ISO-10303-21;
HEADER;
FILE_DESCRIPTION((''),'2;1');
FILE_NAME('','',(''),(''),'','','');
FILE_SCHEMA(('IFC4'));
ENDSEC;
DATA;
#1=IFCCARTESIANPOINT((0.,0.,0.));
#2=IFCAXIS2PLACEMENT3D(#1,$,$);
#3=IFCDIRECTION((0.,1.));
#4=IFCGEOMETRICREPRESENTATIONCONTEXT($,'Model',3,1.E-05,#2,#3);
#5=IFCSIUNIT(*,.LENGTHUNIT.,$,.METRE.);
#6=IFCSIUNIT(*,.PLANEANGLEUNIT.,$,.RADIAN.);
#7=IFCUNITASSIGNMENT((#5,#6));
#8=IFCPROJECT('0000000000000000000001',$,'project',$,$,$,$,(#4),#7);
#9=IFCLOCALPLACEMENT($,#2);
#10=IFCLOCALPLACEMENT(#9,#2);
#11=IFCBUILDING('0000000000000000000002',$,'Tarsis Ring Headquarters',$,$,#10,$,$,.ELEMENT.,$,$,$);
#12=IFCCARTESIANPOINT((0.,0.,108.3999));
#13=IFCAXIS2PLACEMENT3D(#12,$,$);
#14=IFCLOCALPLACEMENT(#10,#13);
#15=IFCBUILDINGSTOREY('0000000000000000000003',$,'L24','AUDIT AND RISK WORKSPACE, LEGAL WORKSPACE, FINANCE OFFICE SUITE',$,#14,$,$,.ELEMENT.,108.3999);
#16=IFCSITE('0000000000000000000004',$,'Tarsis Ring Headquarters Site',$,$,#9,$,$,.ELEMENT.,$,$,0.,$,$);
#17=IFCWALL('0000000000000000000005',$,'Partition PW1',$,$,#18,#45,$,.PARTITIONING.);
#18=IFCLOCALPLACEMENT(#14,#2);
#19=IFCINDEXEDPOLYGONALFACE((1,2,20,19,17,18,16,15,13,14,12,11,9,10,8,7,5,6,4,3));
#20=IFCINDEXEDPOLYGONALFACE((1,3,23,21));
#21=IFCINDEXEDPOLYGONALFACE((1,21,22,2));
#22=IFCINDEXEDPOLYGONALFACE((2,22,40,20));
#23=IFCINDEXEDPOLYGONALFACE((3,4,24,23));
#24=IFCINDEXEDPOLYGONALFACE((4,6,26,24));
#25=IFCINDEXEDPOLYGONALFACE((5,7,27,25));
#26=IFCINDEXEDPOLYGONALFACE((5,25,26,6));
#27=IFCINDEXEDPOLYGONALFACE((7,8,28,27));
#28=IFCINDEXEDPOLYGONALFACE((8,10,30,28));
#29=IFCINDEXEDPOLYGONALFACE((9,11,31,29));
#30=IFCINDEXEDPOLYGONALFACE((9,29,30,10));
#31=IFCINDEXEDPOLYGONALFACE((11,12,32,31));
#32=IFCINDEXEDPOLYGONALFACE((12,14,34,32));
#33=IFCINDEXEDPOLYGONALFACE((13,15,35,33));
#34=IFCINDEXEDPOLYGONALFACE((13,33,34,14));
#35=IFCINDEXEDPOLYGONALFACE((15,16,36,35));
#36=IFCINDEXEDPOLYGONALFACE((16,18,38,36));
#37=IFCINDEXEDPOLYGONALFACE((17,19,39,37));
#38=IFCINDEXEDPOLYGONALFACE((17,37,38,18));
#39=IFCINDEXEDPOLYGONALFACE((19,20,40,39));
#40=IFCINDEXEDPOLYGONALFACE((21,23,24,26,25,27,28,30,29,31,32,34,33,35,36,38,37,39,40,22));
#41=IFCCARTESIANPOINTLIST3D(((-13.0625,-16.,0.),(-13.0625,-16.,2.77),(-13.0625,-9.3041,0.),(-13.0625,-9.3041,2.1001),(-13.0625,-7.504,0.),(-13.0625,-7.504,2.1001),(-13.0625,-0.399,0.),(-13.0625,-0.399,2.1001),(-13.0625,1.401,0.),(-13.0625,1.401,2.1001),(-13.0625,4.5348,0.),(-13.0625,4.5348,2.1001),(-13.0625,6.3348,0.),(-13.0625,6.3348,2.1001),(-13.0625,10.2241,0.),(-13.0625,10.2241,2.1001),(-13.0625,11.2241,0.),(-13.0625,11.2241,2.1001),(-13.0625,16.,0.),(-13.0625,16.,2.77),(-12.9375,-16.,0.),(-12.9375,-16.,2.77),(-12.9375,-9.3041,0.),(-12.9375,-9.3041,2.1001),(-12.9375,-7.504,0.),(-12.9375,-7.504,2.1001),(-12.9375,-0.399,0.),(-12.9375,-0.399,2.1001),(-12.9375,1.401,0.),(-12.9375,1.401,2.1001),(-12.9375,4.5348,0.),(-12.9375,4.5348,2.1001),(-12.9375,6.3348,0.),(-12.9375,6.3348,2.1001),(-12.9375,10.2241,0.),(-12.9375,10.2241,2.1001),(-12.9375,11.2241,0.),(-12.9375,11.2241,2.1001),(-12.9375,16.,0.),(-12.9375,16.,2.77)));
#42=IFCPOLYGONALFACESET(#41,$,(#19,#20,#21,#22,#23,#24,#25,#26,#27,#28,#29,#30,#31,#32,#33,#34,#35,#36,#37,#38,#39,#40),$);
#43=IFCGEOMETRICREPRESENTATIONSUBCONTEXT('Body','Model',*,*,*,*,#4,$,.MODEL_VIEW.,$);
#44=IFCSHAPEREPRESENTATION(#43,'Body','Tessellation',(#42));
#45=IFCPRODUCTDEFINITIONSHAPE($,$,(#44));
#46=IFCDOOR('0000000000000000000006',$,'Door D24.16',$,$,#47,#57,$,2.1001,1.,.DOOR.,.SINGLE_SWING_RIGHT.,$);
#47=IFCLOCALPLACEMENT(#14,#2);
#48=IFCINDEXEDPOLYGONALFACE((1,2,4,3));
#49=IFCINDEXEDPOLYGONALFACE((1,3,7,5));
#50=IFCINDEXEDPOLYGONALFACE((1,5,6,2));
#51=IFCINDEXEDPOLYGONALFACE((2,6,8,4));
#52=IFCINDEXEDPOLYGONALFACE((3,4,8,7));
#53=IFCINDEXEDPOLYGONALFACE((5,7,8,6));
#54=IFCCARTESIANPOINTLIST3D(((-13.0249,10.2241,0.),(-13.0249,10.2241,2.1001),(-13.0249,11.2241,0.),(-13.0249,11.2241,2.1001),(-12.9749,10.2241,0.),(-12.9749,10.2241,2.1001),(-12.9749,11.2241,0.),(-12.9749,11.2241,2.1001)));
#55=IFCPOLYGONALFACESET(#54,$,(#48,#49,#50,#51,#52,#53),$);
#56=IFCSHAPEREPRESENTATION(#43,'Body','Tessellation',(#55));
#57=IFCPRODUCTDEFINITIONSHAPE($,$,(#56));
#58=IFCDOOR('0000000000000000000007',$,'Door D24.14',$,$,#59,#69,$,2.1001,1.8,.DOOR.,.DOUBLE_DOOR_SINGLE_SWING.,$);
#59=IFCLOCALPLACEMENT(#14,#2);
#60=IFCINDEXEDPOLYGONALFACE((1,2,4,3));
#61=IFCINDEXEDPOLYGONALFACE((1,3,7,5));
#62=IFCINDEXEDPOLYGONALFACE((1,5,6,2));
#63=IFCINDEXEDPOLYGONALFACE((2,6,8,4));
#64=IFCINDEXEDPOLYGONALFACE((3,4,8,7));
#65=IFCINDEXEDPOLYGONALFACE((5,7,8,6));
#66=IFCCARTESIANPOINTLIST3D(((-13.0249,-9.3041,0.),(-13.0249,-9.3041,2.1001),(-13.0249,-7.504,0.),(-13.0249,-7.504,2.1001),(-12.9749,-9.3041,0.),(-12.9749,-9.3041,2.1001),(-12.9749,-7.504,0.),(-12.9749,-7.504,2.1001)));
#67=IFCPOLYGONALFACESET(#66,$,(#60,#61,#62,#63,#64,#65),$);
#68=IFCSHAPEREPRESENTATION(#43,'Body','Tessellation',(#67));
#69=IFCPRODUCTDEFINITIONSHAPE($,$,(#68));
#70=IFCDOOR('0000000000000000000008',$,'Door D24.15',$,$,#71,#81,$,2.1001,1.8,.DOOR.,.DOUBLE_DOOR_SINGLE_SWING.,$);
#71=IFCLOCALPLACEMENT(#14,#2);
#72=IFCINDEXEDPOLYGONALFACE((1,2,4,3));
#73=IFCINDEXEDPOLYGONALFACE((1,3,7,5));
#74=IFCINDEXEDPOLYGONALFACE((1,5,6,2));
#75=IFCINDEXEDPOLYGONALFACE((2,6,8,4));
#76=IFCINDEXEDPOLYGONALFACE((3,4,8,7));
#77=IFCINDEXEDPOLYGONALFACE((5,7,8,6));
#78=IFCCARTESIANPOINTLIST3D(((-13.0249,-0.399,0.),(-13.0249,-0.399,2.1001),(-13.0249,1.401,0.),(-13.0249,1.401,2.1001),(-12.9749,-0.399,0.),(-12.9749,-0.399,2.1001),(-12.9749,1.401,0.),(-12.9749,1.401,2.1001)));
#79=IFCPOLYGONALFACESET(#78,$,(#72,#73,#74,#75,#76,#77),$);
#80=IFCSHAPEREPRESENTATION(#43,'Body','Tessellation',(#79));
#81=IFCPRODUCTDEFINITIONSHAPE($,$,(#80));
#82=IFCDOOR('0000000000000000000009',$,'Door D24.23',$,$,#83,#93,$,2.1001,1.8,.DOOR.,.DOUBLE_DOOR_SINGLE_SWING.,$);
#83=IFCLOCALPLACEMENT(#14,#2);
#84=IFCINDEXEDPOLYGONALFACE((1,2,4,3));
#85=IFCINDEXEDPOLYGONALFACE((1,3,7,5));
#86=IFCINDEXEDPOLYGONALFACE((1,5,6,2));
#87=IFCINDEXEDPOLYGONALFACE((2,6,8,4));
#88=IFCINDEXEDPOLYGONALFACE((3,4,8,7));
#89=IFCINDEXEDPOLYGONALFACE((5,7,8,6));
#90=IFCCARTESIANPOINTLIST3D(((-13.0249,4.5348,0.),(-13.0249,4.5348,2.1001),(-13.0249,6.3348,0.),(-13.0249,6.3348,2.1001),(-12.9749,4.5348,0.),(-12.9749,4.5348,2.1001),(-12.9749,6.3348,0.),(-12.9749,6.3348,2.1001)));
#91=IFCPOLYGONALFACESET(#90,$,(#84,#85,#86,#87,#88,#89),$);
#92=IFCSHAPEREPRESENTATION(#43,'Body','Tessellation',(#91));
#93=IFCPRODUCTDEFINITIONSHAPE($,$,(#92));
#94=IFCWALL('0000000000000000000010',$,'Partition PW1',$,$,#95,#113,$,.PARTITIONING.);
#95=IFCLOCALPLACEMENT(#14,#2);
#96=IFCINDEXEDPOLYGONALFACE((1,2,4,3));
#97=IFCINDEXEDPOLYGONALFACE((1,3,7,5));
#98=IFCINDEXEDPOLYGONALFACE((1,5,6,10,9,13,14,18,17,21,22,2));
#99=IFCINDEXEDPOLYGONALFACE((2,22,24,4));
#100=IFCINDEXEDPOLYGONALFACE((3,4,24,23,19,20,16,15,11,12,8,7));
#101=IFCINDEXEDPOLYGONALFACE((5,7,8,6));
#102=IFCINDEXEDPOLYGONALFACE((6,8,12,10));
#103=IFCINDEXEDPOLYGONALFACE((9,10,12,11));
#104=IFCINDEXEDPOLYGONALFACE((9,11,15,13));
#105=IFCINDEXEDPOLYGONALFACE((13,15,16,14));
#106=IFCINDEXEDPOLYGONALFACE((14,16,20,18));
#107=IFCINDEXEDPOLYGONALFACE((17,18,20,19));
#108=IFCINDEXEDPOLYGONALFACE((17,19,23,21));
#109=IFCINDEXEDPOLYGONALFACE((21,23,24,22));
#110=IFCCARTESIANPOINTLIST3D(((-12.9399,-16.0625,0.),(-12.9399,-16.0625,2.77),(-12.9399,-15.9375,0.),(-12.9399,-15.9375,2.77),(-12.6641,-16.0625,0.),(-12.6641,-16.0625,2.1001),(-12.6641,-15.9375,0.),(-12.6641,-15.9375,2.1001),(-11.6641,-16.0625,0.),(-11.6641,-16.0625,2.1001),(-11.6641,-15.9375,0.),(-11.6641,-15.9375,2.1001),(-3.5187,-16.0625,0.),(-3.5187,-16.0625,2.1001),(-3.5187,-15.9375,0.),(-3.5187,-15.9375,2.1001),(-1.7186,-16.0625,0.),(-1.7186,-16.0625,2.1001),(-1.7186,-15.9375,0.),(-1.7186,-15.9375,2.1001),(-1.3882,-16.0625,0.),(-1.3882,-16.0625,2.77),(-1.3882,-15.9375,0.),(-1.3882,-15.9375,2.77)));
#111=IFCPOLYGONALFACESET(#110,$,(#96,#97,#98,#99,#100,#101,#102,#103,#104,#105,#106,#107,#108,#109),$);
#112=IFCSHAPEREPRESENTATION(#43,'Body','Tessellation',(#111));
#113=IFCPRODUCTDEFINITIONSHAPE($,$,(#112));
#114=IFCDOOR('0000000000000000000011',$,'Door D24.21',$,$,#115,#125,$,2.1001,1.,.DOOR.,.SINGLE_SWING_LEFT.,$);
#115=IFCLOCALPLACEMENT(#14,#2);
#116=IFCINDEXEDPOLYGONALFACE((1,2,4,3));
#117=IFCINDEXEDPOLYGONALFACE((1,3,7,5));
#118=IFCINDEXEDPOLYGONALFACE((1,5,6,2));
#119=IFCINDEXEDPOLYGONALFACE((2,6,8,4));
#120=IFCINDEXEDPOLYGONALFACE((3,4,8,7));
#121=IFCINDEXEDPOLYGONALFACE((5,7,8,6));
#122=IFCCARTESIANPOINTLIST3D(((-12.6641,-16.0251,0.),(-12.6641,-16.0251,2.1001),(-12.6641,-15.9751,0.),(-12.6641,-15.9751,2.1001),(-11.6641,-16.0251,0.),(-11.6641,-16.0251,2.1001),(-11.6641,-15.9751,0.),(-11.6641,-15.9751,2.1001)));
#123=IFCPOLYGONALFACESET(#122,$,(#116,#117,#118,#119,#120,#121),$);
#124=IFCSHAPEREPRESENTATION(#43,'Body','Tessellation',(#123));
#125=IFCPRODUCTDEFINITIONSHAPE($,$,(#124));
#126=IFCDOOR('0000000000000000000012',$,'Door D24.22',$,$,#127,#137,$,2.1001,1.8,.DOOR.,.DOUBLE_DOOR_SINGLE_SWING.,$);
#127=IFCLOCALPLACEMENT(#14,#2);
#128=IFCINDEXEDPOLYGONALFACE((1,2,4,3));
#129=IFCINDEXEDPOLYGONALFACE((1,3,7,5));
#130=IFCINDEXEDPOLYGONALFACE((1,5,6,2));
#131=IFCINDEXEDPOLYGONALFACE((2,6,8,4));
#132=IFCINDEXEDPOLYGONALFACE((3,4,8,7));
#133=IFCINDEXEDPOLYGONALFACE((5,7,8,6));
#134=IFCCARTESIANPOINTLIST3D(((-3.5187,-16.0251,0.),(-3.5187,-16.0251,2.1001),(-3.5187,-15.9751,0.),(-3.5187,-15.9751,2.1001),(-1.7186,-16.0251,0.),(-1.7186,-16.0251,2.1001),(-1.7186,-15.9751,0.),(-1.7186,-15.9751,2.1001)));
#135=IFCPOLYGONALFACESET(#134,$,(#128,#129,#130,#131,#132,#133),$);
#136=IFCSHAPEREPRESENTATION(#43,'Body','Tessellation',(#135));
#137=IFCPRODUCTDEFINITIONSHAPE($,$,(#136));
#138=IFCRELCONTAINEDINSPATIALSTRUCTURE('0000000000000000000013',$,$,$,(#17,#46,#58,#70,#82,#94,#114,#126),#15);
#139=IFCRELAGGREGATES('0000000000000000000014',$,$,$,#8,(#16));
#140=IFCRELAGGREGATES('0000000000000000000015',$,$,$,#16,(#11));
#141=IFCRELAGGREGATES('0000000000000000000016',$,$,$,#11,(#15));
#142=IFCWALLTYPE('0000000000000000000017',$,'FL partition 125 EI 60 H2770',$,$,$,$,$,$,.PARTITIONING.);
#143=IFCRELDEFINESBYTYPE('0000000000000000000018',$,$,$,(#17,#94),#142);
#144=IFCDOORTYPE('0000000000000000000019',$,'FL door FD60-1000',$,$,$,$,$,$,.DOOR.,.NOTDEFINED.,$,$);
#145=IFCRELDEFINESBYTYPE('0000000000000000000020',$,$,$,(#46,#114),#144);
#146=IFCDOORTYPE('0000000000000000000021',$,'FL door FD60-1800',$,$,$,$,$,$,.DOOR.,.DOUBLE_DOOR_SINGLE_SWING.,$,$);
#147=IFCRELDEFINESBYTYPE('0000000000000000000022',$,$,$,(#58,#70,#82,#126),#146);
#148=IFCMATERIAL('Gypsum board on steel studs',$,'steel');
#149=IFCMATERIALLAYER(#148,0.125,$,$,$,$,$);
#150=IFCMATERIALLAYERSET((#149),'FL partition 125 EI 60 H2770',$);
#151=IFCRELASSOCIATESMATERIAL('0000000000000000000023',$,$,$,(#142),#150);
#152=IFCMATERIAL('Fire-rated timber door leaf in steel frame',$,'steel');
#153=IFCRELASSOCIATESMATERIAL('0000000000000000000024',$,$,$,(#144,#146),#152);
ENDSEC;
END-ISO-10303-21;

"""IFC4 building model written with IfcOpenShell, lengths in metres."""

from ifc_helpers import new_model, si_unit, direction, frame, frame_2d, origin, place, context, subcontext, project, spatial, rectangle, extrude, material, layer, layer_set, type_object, element, fill, save


model = new_model("IFC4")

# Units and contexts
model_context = context("Model", 3, precision=1e-05, world=origin(), true_north=direction((0.0, 1.0)))
body_context = subcontext(model_context, "Body", "Model", "MODEL_VIEW")
ifc_project = project(units=[si_unit("LENGTHUNIT", "METRE"), si_unit("PLANEANGLEUNIT", "RADIAN")], contexts=[model_context])

# Site, building, storey
site_placement = place(None, origin())
site = spatial("IfcSite", under=ifc_project, at=site_placement, Name="Tarsis Ring Headquarters Site", CompositionType="ELEMENT", RefElevation=0.0)
building_placement = place(site_placement, origin())
building = spatial("IfcBuilding", under=site, at=building_placement, Name="Tarsis Ring Headquarters", CompositionType="ELEMENT")
storey_placement = place(building_placement, frame((0.0, 0.0, 108.3999)))
storey = spatial("IfcBuildingStorey", under=building, at=storey_placement, Name="L24", Description="AUDIT AND RISK WORKSPACE, LEGAL WORKSPACE, FINANCE OFFICE SUITE", CompositionType="ELEMENT", Elevation=108.3999)

# Shared definitions
ifc_material_1 = material(Name="Gypsum board on steel studs", Category="steel")

# Walls, openings, doors
ifc_layer_1 = layer(ifc_material_1, 0.125)
ifc_layer_set_1 = layer_set([ifc_layer_1], Name="FL partition 125 EI 60 H2770")
wall_type_1 = type_object("IfcWallType", Name="FL partition 125 EI 60 H2770", PredefinedType="PARTITIONING", material=ifc_layer_set_1)
wall_1_placement = place(storey_placement, frame((-13.0, -16.0, 0.0), z_axis=(0.0, 0.0, 1.0), x_axis=(0.0, 1.0, 0.0)))
wall_1 = element("IfcWall", 1, at=wall_1_placement, inside=storey, type_object=wall_type_1, Name="Partition PW1", PredefinedType="PARTITIONING", context=body_context, shape_type="SweptSolid", body=[
    extrude(rectangle(XDim=32.0, YDim=0.125, at=frame_2d((16.0, 0.0))), origin(), (0.0, 0.0, 1.0), 2.77),
])
opening_1_placement = place(wall_1_placement, frame((6.696, 0.0, 0.0)))
opening_1 = element("IfcOpeningElement", 2, at=opening_1_placement, cuts=wall_1, PredefinedType="OPENING", context=body_context, shape_type="SweptSolid", body=[
    extrude(rectangle(XDim=1.8, YDim=2.1001, at=frame_2d((0.8999, 1.05))), frame((0.0, 0.0725, 0.0), z_axis=(0.0, -1.0, 0.0), x_axis=(1.0, 0.0, 0.0)), (0.0, 0.0, 1.0), 0.145),
])
opening_2_placement = place(wall_1_placement, frame((15.6011, 0.0, 0.0)))
opening_2 = element("IfcOpeningElement", 3, at=opening_2_placement, cuts=wall_1, PredefinedType="OPENING", context=body_context, shape_type="SweptSolid", body=[
    extrude(rectangle(XDim=1.8, YDim=2.1001, at=frame_2d((0.8999, 1.05))), frame((0.0, 0.0725, 0.0), z_axis=(0.0, -1.0, 0.0), x_axis=(1.0, 0.0, 0.0)), (0.0, 0.0, 1.0), 0.145),
])
opening_3_placement = place(wall_1_placement, frame((26.2241, 0.0, 0.0)))
opening_3 = element("IfcOpeningElement", 4, at=opening_3_placement, cuts=wall_1, PredefinedType="OPENING", context=body_context, shape_type="SweptSolid", body=[
    extrude(rectangle(XDim=1.0, YDim=2.1001, at=frame_2d((0.5, 1.05))), frame((0.0, 0.0725, 0.0), z_axis=(0.0, -1.0, 0.0), x_axis=(1.0, 0.0, 0.0)), (0.0, 0.0, 1.0), 0.145),
])
opening_4_placement = place(wall_1_placement, frame((20.5349, 0.0, 0.0)))
opening_4 = element("IfcOpeningElement", 5, at=opening_4_placement, cuts=wall_1, PredefinedType="OPENING", context=body_context, shape_type="SweptSolid", body=[
    extrude(rectangle(XDim=1.8, YDim=2.1001, at=frame_2d((0.8999, 1.05))), frame((0.0, 0.0725, 0.0), z_axis=(0.0, -1.0, 0.0), x_axis=(1.0, 0.0, 0.0)), (0.0, 0.0, 1.0), 0.145),
])
ifc_material_2 = material(Name="Fire-rated timber door leaf in steel frame", Category="steel")
door_type_1 = type_object("IfcDoorType", Name="FL door FD60-1000", OperationType="NOTDEFINED", PredefinedType="DOOR", material=ifc_material_2)
door_1_placement = place(opening_3_placement, origin())
door_1 = element("IfcDoor", 6, at=door_1_placement, inside=storey, type_object=door_type_1, Name="Door D24.16", OperationType="SINGLE_SWING_RIGHT", OverallHeight=2.1001, OverallWidth=1.0, PredefinedType="DOOR", context=body_context, shape_type="SweptSolid", body=[
    extrude(rectangle(XDim=1.0, YDim=2.1001, at=frame_2d((0.5, 1.05))), frame((0.0, 0.0249, 0.0), z_axis=(0.0, -1.0, 0.0), x_axis=(1.0, 0.0, 0.0)), (0.0, 0.0, 1.0), 0.05),
])
fill(opening_3, door_1)
door_type_2 = type_object("IfcDoorType", Name="FL door FD60-1800", OperationType="DOUBLE_DOOR_SINGLE_SWING", PredefinedType="DOOR", material=ifc_material_2)
door_2_placement = place(opening_1_placement, origin())
door_2 = element("IfcDoor", 7, at=door_2_placement, inside=storey, type_object=door_type_2, Name="Door D24.14", OperationType="DOUBLE_DOOR_SINGLE_SWING", OverallHeight=2.1001, OverallWidth=1.8, PredefinedType="DOOR", context=body_context, shape_type="SweptSolid", body=[
    extrude(rectangle(XDim=1.8, YDim=2.1001, at=frame_2d((0.8999, 1.05))), frame((0.0, 0.0249, 0.0), z_axis=(0.0, -1.0, 0.0), x_axis=(1.0, 0.0, 0.0)), (0.0, 0.0, 1.0), 0.05),
])
fill(opening_1, door_2)
door_3_placement = place(opening_2_placement, origin())
door_3 = element("IfcDoor", 8, at=door_3_placement, inside=storey, type_object=door_type_2, Name="Door D24.15", OperationType="DOUBLE_DOOR_SINGLE_SWING", OverallHeight=2.1001, OverallWidth=1.8, PredefinedType="DOOR", context=body_context, shape_type="SweptSolid", body=[
    extrude(rectangle(XDim=1.8, YDim=2.1001, at=frame_2d((0.8999, 1.05))), frame((0.0, 0.0249, 0.0), z_axis=(0.0, -1.0, 0.0), x_axis=(1.0, 0.0, 0.0)), (0.0, 0.0, 1.0), 0.05),
])
fill(opening_2, door_3)
door_4_placement = place(opening_4_placement, origin())
door_4 = element("IfcDoor", 9, at=door_4_placement, inside=storey, type_object=door_type_2, Name="Door D24.23", OperationType="DOUBLE_DOOR_SINGLE_SWING", OverallHeight=2.1001, OverallWidth=1.8, PredefinedType="DOOR", context=body_context, shape_type="SweptSolid", body=[
    extrude(rectangle(XDim=1.8, YDim=2.1001, at=frame_2d((0.8999, 1.05))), frame((0.0, 0.0249, 0.0), z_axis=(0.0, -1.0, 0.0), x_axis=(1.0, 0.0, 0.0)), (0.0, 0.0, 1.0), 0.05),
])
fill(opening_4, door_4)
wall_2_placement = place(storey_placement, frame((-12.9399, -16.0, 0.0), z_axis=(0.0, 0.0, 1.0), x_axis=(1.0, 0.0, 0.0)))
wall_2 = element("IfcWall", 10, at=wall_2_placement, inside=storey, type_object=wall_type_1, Name="Partition PW1", PredefinedType="PARTITIONING", context=body_context, shape_type="SweptSolid", body=[
    extrude(rectangle(XDim=11.5518, YDim=0.125, at=frame_2d((5.7759, 0.0))), origin(), (0.0, 0.0, 1.0), 2.77),
])
opening_5_placement = place(wall_2_placement, frame((0.2759, 0.0, 0.0)))
opening_5 = element("IfcOpeningElement", 11, at=opening_5_placement, cuts=wall_2, PredefinedType="OPENING", context=body_context, shape_type="SweptSolid", body=[
    extrude(rectangle(XDim=1.0, YDim=2.1001, at=frame_2d((0.5, 1.05))), frame((0.0, 0.0725, 0.0), z_axis=(0.0, -1.0, 0.0), x_axis=(1.0, 0.0, 0.0)), (0.0, 0.0, 1.0), 0.145),
])
opening_6_placement = place(wall_2_placement, frame((9.4214, 0.0, 0.0)))
opening_6 = element("IfcOpeningElement", 12, at=opening_6_placement, cuts=wall_2, PredefinedType="OPENING", context=body_context, shape_type="SweptSolid", body=[
    extrude(rectangle(XDim=1.8, YDim=2.1001, at=frame_2d((0.8999, 1.05))), frame((0.0, 0.0725, 0.0), z_axis=(0.0, -1.0, 0.0), x_axis=(1.0, 0.0, 0.0)), (0.0, 0.0, 1.0), 0.145),
])
door_5_placement = place(opening_5_placement, origin())
door_5 = element("IfcDoor", 13, at=door_5_placement, inside=storey, type_object=door_type_1, Name="Door D24.21", OperationType="SINGLE_SWING_LEFT", OverallHeight=2.1001, OverallWidth=1.0, PredefinedType="DOOR", context=body_context, shape_type="SweptSolid", body=[
    extrude(rectangle(XDim=1.0, YDim=2.1001, at=frame_2d((0.5, 1.05))), frame((0.0, 0.0249, 0.0), z_axis=(0.0, -1.0, 0.0), x_axis=(1.0, 0.0, 0.0)), (0.0, 0.0, 1.0), 0.05),
])
fill(opening_5, door_5)
door_6_placement = place(opening_6_placement, origin())
door_6 = element("IfcDoor", 14, at=door_6_placement, inside=storey, type_object=door_type_2, Name="Door D24.22", OperationType="DOUBLE_DOOR_SINGLE_SWING", OverallHeight=2.1001, OverallWidth=1.8, PredefinedType="DOOR", context=body_context, shape_type="SweptSolid", body=[
    extrude(rectangle(XDim=1.8, YDim=2.1001, at=frame_2d((0.8999, 1.05))), frame((0.0, 0.0249, 0.0), z_axis=(0.0, -1.0, 0.0), x_axis=(1.0, 0.0, 0.0)), (0.0, 0.0, 1.0), 0.05),
])
fill(opening_6, door_6)

save(model, "model.ifc")
